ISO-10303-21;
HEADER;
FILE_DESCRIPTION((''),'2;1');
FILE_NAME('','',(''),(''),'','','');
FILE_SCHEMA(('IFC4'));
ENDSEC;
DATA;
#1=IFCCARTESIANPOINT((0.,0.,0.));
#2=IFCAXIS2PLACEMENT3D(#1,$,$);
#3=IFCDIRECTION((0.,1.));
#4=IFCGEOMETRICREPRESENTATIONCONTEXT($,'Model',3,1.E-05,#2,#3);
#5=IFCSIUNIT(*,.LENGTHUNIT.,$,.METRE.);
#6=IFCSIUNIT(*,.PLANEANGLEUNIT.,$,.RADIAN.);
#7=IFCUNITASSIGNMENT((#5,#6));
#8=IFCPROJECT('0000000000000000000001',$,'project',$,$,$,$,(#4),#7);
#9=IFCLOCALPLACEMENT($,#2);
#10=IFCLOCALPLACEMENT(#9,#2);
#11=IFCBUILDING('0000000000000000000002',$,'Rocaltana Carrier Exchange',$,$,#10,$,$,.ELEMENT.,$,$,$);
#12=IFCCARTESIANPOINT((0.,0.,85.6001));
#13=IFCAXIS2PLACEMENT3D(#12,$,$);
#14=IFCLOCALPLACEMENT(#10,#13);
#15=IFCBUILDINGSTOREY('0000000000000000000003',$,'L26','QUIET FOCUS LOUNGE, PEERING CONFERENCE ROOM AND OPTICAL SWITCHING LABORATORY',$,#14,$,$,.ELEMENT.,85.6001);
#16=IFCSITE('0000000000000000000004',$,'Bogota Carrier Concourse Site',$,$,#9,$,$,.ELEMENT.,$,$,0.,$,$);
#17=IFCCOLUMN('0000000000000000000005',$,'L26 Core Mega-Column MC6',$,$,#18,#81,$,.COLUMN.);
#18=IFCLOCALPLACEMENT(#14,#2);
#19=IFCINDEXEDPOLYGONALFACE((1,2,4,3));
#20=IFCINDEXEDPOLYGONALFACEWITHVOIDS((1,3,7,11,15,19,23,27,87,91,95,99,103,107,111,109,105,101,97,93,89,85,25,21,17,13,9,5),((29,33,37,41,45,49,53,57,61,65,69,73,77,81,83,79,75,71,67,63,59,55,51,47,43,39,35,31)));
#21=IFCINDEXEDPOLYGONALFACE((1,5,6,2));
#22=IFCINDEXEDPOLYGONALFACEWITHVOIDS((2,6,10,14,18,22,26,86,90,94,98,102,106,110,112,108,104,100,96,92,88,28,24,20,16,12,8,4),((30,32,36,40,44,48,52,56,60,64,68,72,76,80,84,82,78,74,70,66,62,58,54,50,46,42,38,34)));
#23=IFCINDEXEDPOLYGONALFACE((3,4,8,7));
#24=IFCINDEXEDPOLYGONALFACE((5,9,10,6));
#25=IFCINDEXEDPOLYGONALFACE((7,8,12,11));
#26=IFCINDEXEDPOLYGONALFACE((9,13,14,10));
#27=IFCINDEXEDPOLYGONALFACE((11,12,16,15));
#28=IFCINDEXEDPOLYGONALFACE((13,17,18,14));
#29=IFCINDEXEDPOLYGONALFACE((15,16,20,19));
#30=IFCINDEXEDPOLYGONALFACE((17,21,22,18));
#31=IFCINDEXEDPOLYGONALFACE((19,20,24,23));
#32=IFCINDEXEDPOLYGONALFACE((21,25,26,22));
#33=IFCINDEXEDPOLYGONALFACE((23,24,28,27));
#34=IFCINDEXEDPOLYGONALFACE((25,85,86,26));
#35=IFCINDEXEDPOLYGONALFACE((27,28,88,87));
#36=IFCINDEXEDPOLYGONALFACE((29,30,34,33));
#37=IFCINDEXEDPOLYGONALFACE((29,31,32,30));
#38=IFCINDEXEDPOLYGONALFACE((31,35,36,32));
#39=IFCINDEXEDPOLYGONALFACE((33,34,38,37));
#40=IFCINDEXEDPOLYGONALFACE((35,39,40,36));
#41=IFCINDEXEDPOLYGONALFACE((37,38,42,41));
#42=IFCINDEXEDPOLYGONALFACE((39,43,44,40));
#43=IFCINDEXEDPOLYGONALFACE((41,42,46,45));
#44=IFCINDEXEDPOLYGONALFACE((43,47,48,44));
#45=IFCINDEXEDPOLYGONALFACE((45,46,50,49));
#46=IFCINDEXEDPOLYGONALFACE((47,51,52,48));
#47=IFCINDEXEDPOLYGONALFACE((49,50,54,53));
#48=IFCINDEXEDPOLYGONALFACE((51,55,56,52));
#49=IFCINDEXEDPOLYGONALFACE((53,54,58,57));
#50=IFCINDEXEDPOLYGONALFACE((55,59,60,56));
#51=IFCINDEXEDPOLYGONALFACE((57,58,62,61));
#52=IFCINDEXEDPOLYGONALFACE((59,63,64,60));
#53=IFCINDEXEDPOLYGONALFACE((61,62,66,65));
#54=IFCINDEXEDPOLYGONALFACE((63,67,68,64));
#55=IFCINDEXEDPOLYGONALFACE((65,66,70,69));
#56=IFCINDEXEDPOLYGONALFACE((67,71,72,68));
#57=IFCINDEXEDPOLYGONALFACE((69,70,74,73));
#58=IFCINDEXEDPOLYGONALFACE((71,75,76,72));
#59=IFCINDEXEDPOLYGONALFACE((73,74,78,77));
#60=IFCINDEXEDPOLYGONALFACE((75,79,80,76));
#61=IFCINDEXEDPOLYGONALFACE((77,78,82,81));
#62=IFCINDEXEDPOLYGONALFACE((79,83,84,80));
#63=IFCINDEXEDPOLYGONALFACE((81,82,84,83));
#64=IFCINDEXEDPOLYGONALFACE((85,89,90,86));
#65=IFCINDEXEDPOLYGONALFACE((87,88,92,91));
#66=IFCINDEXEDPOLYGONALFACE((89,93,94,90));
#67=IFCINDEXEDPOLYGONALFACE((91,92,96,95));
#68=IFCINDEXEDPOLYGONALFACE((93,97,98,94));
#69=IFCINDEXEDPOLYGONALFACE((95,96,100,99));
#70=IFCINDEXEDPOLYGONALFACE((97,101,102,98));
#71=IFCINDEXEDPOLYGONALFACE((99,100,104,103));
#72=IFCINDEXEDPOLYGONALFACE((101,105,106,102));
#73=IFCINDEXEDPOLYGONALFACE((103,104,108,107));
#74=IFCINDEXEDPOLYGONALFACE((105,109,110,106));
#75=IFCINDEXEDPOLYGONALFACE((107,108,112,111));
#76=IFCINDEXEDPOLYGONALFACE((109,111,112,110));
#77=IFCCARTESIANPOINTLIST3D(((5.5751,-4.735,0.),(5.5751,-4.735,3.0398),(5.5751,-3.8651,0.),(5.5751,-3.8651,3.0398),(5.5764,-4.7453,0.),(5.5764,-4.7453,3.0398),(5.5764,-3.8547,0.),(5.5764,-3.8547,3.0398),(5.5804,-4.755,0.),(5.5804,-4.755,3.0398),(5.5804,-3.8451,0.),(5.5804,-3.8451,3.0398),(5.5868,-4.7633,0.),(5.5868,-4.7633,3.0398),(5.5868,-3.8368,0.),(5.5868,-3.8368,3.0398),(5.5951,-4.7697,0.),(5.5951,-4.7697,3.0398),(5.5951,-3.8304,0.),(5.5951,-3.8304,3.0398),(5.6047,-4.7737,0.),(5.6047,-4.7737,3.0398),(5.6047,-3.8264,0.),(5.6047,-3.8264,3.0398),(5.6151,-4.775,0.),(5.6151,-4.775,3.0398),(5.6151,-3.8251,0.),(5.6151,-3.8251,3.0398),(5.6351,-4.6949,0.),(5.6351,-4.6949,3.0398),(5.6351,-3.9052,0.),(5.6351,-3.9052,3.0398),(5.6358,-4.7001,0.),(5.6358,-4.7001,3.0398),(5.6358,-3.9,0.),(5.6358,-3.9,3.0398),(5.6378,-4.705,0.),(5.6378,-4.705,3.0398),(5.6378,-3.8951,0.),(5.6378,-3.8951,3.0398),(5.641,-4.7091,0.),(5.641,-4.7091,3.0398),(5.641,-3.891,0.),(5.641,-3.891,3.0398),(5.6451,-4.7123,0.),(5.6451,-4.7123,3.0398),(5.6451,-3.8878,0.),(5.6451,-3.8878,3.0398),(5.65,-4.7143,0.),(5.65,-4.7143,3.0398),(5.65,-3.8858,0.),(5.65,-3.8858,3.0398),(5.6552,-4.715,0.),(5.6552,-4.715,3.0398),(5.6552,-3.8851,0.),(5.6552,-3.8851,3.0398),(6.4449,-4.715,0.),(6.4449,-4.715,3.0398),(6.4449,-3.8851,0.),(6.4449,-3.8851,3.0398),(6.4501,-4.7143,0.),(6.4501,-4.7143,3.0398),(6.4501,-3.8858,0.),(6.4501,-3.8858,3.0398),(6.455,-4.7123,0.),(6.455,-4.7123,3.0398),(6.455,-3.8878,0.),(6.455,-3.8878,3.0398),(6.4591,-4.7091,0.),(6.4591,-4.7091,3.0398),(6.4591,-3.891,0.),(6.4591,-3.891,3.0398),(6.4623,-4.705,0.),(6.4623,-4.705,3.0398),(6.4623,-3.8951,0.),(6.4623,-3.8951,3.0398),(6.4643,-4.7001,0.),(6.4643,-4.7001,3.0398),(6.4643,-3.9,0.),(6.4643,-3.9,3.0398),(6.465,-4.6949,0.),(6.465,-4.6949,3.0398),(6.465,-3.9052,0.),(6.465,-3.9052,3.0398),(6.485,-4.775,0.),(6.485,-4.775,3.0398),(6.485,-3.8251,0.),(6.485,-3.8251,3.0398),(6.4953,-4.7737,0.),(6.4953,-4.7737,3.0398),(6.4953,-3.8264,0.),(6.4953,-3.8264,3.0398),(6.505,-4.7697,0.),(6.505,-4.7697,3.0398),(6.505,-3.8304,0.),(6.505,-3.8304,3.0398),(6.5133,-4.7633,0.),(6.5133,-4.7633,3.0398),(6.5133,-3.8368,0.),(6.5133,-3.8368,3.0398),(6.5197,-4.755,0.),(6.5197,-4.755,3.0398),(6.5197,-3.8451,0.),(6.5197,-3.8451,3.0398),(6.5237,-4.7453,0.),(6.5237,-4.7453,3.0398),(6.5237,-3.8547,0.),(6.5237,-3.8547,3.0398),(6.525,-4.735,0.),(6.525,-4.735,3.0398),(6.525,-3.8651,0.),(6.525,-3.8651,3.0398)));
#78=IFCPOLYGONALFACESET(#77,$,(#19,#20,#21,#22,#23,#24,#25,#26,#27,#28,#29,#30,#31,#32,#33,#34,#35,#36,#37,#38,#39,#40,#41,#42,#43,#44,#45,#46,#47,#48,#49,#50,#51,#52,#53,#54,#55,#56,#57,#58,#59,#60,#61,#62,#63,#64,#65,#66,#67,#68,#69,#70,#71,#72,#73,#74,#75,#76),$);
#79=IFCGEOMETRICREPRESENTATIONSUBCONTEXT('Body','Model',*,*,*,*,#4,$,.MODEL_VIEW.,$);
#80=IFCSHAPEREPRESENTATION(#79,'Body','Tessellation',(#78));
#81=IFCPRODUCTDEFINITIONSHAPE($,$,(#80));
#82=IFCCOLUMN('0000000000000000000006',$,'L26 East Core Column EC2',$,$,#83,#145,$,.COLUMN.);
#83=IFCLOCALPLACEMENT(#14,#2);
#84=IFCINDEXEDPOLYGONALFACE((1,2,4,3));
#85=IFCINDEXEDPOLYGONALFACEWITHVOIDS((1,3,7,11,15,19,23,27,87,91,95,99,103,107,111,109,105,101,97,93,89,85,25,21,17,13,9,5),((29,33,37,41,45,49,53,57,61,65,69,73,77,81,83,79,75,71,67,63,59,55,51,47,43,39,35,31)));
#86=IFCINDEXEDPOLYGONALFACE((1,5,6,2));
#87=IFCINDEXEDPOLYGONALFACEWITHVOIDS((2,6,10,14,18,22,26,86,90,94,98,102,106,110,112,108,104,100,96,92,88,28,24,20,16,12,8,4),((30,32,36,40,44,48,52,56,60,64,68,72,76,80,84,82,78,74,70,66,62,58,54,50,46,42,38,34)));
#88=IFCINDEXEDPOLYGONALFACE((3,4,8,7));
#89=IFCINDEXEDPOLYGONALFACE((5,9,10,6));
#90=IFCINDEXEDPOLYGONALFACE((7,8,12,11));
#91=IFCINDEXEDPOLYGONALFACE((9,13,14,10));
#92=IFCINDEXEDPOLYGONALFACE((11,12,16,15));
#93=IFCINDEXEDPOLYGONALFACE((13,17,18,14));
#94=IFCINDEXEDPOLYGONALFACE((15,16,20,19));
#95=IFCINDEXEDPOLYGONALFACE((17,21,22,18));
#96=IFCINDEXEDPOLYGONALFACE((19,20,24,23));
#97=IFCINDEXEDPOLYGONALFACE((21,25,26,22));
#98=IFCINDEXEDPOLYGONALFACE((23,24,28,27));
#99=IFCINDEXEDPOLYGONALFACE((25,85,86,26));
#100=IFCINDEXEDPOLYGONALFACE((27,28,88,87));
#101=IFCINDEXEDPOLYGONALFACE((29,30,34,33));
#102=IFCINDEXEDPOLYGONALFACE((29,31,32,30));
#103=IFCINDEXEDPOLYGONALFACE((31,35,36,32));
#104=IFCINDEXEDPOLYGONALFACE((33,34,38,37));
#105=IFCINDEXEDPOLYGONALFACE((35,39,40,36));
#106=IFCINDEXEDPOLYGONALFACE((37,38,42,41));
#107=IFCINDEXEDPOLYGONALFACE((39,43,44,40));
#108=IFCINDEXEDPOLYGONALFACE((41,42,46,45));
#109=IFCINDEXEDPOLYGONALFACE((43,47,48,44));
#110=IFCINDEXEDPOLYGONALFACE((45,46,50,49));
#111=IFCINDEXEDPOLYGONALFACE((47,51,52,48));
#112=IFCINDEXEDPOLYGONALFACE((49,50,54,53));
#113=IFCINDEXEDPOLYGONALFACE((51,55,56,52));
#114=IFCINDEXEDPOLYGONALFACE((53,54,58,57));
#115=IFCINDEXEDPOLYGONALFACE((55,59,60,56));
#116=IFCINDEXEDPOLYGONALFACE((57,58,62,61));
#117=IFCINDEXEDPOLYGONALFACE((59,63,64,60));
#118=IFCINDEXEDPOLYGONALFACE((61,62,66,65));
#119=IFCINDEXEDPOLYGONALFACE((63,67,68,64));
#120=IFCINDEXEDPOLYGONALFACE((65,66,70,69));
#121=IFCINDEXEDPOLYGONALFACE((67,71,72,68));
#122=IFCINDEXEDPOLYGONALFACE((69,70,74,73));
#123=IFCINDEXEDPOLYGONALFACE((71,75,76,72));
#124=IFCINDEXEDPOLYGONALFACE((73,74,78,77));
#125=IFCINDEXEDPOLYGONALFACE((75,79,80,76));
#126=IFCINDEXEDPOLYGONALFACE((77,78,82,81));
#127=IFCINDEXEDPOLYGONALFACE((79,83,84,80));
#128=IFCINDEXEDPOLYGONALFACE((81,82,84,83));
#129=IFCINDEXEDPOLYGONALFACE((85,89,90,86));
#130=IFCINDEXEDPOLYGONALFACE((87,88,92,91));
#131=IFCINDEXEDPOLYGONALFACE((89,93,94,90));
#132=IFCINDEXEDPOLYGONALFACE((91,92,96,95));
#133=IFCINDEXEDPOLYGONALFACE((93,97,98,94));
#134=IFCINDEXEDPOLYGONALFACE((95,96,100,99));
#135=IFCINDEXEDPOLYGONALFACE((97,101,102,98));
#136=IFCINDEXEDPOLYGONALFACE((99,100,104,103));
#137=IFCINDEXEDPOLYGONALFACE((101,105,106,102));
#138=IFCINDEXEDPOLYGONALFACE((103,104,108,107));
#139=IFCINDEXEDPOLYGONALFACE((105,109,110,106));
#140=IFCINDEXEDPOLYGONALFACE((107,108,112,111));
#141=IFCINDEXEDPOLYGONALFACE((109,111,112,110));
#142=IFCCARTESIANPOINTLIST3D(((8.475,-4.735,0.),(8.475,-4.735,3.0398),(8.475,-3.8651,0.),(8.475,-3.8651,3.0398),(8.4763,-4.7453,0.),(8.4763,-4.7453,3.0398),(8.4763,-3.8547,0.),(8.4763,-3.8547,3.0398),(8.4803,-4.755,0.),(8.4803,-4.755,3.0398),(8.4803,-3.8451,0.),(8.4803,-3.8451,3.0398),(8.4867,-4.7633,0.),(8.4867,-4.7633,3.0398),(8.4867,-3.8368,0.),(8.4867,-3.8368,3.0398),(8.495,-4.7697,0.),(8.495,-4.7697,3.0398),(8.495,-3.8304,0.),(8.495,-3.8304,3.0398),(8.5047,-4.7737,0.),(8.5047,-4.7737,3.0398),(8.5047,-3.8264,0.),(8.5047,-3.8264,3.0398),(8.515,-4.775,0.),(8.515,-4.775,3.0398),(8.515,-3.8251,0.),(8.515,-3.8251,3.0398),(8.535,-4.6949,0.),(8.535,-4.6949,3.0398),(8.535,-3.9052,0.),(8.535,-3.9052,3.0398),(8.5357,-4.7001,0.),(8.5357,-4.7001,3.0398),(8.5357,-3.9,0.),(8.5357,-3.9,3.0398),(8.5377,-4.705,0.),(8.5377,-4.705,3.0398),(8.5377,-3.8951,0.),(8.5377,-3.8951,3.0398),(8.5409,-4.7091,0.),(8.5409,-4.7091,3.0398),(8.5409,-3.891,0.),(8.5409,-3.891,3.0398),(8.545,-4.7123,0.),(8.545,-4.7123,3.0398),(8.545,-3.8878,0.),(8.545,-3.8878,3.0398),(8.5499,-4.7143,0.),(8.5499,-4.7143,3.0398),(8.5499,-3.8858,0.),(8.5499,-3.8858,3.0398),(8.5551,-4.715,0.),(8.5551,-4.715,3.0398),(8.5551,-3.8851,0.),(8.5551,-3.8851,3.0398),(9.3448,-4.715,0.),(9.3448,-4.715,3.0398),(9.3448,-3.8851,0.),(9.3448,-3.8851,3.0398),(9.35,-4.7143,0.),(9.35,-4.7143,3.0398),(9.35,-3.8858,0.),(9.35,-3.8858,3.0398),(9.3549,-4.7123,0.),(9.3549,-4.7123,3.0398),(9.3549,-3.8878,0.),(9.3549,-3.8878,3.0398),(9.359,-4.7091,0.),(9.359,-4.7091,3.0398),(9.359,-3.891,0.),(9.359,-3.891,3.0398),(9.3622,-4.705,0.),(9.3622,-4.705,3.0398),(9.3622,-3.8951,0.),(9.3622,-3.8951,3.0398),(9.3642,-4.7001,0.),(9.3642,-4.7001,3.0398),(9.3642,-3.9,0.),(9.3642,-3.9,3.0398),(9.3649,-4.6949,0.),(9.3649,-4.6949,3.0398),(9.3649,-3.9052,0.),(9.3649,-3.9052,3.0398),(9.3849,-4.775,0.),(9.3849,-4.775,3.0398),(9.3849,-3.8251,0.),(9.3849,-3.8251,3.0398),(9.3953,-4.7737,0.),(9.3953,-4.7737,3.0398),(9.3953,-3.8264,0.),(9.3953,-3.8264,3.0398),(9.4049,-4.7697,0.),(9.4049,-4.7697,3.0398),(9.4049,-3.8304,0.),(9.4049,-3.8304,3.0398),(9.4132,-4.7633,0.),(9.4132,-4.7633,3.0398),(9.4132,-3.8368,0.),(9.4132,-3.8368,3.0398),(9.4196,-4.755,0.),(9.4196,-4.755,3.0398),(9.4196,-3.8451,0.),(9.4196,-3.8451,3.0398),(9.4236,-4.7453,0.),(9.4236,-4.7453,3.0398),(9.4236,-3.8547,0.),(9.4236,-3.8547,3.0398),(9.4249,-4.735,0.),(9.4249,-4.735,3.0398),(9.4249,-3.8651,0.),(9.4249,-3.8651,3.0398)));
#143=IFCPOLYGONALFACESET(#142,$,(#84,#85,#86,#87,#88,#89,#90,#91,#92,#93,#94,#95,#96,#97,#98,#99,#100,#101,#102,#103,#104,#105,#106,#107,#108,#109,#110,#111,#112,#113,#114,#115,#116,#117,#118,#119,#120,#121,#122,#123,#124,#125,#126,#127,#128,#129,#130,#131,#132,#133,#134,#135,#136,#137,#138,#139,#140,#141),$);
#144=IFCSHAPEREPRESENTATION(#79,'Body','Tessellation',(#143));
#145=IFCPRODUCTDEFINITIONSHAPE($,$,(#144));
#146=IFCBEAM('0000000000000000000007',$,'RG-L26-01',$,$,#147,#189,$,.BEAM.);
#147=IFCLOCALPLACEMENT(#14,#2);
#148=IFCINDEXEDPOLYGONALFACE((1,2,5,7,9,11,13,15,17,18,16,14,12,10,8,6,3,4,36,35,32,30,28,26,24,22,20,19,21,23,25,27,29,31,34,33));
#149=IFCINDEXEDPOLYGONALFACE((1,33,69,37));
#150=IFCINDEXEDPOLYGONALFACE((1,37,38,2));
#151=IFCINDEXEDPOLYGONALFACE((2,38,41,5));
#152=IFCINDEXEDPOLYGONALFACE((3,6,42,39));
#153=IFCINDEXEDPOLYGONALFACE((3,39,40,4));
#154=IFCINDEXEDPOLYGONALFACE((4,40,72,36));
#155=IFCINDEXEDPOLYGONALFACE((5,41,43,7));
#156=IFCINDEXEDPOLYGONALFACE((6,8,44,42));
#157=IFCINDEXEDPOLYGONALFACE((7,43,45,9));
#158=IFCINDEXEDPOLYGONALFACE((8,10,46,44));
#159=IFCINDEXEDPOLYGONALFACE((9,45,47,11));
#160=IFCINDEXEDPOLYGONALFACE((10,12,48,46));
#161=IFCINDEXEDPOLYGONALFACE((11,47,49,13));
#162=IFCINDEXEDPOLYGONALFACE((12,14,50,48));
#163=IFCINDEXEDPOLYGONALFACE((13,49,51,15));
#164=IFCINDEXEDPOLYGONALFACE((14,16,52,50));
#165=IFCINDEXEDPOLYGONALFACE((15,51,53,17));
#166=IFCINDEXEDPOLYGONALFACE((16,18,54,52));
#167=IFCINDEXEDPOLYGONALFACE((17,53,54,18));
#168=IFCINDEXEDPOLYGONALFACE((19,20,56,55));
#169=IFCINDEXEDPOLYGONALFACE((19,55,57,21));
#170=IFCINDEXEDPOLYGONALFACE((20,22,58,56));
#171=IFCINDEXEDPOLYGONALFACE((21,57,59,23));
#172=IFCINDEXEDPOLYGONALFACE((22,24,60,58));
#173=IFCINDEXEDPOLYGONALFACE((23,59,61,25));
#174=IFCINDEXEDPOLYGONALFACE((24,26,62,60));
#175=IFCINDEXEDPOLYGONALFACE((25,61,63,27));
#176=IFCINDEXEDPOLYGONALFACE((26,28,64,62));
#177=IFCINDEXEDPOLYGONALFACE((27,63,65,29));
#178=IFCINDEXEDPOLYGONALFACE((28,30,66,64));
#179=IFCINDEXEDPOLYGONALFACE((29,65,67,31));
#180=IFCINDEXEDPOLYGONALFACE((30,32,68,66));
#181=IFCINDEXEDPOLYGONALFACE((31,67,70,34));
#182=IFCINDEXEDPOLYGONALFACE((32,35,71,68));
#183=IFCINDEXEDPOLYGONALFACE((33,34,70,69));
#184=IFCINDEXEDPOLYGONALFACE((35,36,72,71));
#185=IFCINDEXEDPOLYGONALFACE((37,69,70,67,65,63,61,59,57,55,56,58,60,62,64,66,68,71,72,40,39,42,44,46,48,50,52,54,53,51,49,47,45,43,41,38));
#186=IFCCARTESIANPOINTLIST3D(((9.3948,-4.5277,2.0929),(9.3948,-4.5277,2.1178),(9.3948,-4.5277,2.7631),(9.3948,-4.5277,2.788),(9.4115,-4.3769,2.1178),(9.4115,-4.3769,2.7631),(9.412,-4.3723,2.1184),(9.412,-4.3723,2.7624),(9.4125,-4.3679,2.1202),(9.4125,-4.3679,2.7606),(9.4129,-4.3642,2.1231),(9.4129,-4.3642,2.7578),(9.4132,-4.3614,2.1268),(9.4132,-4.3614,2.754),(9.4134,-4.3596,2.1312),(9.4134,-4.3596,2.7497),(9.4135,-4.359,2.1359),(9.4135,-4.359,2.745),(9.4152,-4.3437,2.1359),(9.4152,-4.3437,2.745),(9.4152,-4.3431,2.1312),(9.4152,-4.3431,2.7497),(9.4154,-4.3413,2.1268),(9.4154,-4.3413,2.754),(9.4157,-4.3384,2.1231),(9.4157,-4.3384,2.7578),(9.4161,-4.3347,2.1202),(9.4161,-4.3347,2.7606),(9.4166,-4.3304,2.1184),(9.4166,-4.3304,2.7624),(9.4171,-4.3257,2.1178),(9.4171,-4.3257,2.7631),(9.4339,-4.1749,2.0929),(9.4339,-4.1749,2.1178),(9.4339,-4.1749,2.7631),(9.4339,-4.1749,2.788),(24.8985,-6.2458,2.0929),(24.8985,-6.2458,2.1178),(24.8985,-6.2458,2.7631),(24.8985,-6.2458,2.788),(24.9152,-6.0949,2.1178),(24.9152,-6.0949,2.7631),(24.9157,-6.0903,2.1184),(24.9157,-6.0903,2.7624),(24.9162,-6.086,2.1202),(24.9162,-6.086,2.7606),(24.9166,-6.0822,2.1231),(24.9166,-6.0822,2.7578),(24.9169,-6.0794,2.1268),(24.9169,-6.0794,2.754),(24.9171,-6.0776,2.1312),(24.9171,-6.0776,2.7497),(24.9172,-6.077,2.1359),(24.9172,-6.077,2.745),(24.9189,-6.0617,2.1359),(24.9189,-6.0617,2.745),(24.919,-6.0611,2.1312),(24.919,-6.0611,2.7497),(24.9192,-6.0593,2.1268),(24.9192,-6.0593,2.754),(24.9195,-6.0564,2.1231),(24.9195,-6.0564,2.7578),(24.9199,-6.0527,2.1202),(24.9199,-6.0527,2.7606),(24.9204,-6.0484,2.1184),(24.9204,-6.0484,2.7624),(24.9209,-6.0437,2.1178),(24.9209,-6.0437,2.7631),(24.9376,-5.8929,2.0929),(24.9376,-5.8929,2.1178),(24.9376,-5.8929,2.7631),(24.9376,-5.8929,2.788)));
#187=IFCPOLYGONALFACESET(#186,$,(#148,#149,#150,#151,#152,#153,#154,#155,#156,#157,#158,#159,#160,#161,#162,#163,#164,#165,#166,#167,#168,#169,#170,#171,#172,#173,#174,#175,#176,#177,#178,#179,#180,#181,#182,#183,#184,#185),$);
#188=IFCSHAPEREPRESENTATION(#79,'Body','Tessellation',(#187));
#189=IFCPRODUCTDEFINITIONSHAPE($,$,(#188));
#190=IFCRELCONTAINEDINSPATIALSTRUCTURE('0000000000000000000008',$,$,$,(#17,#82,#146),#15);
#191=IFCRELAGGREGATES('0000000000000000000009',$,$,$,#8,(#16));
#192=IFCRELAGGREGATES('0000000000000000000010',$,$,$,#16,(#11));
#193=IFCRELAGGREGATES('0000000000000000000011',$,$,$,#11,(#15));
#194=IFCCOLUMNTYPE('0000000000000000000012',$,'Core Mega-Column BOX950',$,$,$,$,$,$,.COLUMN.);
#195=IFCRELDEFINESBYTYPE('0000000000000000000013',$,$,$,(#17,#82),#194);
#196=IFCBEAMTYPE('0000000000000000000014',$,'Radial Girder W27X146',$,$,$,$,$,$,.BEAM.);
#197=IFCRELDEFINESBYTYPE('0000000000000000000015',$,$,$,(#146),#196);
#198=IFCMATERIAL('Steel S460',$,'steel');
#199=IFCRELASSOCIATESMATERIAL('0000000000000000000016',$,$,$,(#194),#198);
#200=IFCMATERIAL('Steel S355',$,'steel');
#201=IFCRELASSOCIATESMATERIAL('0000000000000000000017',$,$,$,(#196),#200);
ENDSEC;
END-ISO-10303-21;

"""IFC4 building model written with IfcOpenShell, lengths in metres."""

from ifc_helpers import new_model, si_unit, direction, frame, origin, origin_2d, place, context, subcontext, project, spatial, hollow_rectangle, i_section, extrude, material, material_profile, profile_set, type_object, element, save


model = new_model("IFC4")

# Units and contexts
model_context = context("Model", 3, precision=1e-05, world=origin(), true_north=direction((0.0, 1.0)))
body_context = subcontext(model_context, "Body", "Model", "MODEL_VIEW")
ifc_project = project(units=[si_unit("LENGTHUNIT", "METRE"), si_unit("PLANEANGLEUNIT", "RADIAN")], contexts=[model_context])

# Site, building, storey
site_placement = place(None, origin())
site = spatial("IfcSite", under=ifc_project, at=site_placement, Name="Bogota Carrier Concourse Site", CompositionType="ELEMENT", RefElevation=0.0)
building_placement = place(site_placement, origin())
building = spatial("IfcBuilding", under=site, at=building_placement, Name="Rocaltana Carrier Exchange", CompositionType="ELEMENT")
storey_placement = place(building_placement, frame((0.0, 0.0, 85.6001)))
storey = spatial("IfcBuildingStorey", under=building, at=storey_placement, Name="L26", Description="QUIET FOCUS LOUNGE, PEERING CONFERENCE ROOM AND OPTICAL SWITCHING LABORATORY", CompositionType="ELEMENT", Elevation=85.6001)

# Columns
ifc_material_1 = material(Name="Steel S460", Category="steel")
ifc_material_profile_1 = material_profile(ifc_material_1, hollow_rectangle(XDim=0.95, YDim=0.95, WallThickness=0.0601, InnerFilletRadius=0.02, OuterFilletRadius=0.04, at=origin_2d()), Name="BOX950X950X60")
ifc_profile_set_1 = profile_set([ifc_material_profile_1], Name="Steel S460")
column_type = type_object("IfcColumnType", Name="Core Mega-Column BOX950", PredefinedType="COLUMN", material=ifc_profile_set_1)
for number, where, z_axis, x_axis, name in (
    (1, (6.05, -4.3, 0.0), (0.0, 0.0, 1.0), (1.0, 0.0, 0.0), "L26 Core Mega-Column MC6"),
    (2, (8.95, -4.3, 0.0), (0.0, 0.0, 1.0), (1.0, 0.0, 0.0), "L26 East Core Column EC2"),
):
    element("IfcColumn", number, at=place(storey_placement, frame(where, z_axis=z_axis, x_axis=x_axis)), inside=storey, type_object=column_type, Name=name, PredefinedType="COLUMN", context=body_context, shape_type="SweptSolid", body=[
        extrude(hollow_rectangle(XDim=0.95, YDim=0.95, WallThickness=0.0601, InnerFilletRadius=0.02, OuterFilletRadius=0.04, at=origin_2d()), origin(), (0.0, 0.0, 1.0), 3.0398),
    ])

# Beam
ifc_material_2 = material(Name="Steel S355", Category="steel")
ifc_material_profile_2 = material_profile(ifc_material_2, i_section(OverallWidth=0.355, OverallDepth=0.6951, WebThickness=0.0154, FlangeThickness=0.0249, FilletRadius=0.0181, at=origin_2d()), Name="W27X146")
ifc_profile_set_2 = profile_set([ifc_material_profile_2], Name="Steel S355")
beam_type = type_object("IfcBeamType", Name="Radial Girder W27X146", PredefinedType="BEAM", material=ifc_profile_set_2)
beam_placement = place(storey_placement, frame((9.4143, -4.3513, 2.4404), z_axis=(0.993916, -0.110139, 0.0), x_axis=(0.110139, 0.993916, 0.0)))
element("IfcBeam", 3, at=beam_placement, inside=storey, type_object=beam_type, Name="RG-L26-01", PredefinedType="BEAM", context=body_context, shape_type="SweptSolid", body=[
    extrude(i_section(OverallWidth=0.355, OverallDepth=0.6951, WebThickness=0.0154, FlangeThickness=0.0249, FilletRadius=0.0181, at=origin_2d()), origin(), (0.0, 0.0, 1.0), 15.5986),
])

save(model, "model.ifc")
